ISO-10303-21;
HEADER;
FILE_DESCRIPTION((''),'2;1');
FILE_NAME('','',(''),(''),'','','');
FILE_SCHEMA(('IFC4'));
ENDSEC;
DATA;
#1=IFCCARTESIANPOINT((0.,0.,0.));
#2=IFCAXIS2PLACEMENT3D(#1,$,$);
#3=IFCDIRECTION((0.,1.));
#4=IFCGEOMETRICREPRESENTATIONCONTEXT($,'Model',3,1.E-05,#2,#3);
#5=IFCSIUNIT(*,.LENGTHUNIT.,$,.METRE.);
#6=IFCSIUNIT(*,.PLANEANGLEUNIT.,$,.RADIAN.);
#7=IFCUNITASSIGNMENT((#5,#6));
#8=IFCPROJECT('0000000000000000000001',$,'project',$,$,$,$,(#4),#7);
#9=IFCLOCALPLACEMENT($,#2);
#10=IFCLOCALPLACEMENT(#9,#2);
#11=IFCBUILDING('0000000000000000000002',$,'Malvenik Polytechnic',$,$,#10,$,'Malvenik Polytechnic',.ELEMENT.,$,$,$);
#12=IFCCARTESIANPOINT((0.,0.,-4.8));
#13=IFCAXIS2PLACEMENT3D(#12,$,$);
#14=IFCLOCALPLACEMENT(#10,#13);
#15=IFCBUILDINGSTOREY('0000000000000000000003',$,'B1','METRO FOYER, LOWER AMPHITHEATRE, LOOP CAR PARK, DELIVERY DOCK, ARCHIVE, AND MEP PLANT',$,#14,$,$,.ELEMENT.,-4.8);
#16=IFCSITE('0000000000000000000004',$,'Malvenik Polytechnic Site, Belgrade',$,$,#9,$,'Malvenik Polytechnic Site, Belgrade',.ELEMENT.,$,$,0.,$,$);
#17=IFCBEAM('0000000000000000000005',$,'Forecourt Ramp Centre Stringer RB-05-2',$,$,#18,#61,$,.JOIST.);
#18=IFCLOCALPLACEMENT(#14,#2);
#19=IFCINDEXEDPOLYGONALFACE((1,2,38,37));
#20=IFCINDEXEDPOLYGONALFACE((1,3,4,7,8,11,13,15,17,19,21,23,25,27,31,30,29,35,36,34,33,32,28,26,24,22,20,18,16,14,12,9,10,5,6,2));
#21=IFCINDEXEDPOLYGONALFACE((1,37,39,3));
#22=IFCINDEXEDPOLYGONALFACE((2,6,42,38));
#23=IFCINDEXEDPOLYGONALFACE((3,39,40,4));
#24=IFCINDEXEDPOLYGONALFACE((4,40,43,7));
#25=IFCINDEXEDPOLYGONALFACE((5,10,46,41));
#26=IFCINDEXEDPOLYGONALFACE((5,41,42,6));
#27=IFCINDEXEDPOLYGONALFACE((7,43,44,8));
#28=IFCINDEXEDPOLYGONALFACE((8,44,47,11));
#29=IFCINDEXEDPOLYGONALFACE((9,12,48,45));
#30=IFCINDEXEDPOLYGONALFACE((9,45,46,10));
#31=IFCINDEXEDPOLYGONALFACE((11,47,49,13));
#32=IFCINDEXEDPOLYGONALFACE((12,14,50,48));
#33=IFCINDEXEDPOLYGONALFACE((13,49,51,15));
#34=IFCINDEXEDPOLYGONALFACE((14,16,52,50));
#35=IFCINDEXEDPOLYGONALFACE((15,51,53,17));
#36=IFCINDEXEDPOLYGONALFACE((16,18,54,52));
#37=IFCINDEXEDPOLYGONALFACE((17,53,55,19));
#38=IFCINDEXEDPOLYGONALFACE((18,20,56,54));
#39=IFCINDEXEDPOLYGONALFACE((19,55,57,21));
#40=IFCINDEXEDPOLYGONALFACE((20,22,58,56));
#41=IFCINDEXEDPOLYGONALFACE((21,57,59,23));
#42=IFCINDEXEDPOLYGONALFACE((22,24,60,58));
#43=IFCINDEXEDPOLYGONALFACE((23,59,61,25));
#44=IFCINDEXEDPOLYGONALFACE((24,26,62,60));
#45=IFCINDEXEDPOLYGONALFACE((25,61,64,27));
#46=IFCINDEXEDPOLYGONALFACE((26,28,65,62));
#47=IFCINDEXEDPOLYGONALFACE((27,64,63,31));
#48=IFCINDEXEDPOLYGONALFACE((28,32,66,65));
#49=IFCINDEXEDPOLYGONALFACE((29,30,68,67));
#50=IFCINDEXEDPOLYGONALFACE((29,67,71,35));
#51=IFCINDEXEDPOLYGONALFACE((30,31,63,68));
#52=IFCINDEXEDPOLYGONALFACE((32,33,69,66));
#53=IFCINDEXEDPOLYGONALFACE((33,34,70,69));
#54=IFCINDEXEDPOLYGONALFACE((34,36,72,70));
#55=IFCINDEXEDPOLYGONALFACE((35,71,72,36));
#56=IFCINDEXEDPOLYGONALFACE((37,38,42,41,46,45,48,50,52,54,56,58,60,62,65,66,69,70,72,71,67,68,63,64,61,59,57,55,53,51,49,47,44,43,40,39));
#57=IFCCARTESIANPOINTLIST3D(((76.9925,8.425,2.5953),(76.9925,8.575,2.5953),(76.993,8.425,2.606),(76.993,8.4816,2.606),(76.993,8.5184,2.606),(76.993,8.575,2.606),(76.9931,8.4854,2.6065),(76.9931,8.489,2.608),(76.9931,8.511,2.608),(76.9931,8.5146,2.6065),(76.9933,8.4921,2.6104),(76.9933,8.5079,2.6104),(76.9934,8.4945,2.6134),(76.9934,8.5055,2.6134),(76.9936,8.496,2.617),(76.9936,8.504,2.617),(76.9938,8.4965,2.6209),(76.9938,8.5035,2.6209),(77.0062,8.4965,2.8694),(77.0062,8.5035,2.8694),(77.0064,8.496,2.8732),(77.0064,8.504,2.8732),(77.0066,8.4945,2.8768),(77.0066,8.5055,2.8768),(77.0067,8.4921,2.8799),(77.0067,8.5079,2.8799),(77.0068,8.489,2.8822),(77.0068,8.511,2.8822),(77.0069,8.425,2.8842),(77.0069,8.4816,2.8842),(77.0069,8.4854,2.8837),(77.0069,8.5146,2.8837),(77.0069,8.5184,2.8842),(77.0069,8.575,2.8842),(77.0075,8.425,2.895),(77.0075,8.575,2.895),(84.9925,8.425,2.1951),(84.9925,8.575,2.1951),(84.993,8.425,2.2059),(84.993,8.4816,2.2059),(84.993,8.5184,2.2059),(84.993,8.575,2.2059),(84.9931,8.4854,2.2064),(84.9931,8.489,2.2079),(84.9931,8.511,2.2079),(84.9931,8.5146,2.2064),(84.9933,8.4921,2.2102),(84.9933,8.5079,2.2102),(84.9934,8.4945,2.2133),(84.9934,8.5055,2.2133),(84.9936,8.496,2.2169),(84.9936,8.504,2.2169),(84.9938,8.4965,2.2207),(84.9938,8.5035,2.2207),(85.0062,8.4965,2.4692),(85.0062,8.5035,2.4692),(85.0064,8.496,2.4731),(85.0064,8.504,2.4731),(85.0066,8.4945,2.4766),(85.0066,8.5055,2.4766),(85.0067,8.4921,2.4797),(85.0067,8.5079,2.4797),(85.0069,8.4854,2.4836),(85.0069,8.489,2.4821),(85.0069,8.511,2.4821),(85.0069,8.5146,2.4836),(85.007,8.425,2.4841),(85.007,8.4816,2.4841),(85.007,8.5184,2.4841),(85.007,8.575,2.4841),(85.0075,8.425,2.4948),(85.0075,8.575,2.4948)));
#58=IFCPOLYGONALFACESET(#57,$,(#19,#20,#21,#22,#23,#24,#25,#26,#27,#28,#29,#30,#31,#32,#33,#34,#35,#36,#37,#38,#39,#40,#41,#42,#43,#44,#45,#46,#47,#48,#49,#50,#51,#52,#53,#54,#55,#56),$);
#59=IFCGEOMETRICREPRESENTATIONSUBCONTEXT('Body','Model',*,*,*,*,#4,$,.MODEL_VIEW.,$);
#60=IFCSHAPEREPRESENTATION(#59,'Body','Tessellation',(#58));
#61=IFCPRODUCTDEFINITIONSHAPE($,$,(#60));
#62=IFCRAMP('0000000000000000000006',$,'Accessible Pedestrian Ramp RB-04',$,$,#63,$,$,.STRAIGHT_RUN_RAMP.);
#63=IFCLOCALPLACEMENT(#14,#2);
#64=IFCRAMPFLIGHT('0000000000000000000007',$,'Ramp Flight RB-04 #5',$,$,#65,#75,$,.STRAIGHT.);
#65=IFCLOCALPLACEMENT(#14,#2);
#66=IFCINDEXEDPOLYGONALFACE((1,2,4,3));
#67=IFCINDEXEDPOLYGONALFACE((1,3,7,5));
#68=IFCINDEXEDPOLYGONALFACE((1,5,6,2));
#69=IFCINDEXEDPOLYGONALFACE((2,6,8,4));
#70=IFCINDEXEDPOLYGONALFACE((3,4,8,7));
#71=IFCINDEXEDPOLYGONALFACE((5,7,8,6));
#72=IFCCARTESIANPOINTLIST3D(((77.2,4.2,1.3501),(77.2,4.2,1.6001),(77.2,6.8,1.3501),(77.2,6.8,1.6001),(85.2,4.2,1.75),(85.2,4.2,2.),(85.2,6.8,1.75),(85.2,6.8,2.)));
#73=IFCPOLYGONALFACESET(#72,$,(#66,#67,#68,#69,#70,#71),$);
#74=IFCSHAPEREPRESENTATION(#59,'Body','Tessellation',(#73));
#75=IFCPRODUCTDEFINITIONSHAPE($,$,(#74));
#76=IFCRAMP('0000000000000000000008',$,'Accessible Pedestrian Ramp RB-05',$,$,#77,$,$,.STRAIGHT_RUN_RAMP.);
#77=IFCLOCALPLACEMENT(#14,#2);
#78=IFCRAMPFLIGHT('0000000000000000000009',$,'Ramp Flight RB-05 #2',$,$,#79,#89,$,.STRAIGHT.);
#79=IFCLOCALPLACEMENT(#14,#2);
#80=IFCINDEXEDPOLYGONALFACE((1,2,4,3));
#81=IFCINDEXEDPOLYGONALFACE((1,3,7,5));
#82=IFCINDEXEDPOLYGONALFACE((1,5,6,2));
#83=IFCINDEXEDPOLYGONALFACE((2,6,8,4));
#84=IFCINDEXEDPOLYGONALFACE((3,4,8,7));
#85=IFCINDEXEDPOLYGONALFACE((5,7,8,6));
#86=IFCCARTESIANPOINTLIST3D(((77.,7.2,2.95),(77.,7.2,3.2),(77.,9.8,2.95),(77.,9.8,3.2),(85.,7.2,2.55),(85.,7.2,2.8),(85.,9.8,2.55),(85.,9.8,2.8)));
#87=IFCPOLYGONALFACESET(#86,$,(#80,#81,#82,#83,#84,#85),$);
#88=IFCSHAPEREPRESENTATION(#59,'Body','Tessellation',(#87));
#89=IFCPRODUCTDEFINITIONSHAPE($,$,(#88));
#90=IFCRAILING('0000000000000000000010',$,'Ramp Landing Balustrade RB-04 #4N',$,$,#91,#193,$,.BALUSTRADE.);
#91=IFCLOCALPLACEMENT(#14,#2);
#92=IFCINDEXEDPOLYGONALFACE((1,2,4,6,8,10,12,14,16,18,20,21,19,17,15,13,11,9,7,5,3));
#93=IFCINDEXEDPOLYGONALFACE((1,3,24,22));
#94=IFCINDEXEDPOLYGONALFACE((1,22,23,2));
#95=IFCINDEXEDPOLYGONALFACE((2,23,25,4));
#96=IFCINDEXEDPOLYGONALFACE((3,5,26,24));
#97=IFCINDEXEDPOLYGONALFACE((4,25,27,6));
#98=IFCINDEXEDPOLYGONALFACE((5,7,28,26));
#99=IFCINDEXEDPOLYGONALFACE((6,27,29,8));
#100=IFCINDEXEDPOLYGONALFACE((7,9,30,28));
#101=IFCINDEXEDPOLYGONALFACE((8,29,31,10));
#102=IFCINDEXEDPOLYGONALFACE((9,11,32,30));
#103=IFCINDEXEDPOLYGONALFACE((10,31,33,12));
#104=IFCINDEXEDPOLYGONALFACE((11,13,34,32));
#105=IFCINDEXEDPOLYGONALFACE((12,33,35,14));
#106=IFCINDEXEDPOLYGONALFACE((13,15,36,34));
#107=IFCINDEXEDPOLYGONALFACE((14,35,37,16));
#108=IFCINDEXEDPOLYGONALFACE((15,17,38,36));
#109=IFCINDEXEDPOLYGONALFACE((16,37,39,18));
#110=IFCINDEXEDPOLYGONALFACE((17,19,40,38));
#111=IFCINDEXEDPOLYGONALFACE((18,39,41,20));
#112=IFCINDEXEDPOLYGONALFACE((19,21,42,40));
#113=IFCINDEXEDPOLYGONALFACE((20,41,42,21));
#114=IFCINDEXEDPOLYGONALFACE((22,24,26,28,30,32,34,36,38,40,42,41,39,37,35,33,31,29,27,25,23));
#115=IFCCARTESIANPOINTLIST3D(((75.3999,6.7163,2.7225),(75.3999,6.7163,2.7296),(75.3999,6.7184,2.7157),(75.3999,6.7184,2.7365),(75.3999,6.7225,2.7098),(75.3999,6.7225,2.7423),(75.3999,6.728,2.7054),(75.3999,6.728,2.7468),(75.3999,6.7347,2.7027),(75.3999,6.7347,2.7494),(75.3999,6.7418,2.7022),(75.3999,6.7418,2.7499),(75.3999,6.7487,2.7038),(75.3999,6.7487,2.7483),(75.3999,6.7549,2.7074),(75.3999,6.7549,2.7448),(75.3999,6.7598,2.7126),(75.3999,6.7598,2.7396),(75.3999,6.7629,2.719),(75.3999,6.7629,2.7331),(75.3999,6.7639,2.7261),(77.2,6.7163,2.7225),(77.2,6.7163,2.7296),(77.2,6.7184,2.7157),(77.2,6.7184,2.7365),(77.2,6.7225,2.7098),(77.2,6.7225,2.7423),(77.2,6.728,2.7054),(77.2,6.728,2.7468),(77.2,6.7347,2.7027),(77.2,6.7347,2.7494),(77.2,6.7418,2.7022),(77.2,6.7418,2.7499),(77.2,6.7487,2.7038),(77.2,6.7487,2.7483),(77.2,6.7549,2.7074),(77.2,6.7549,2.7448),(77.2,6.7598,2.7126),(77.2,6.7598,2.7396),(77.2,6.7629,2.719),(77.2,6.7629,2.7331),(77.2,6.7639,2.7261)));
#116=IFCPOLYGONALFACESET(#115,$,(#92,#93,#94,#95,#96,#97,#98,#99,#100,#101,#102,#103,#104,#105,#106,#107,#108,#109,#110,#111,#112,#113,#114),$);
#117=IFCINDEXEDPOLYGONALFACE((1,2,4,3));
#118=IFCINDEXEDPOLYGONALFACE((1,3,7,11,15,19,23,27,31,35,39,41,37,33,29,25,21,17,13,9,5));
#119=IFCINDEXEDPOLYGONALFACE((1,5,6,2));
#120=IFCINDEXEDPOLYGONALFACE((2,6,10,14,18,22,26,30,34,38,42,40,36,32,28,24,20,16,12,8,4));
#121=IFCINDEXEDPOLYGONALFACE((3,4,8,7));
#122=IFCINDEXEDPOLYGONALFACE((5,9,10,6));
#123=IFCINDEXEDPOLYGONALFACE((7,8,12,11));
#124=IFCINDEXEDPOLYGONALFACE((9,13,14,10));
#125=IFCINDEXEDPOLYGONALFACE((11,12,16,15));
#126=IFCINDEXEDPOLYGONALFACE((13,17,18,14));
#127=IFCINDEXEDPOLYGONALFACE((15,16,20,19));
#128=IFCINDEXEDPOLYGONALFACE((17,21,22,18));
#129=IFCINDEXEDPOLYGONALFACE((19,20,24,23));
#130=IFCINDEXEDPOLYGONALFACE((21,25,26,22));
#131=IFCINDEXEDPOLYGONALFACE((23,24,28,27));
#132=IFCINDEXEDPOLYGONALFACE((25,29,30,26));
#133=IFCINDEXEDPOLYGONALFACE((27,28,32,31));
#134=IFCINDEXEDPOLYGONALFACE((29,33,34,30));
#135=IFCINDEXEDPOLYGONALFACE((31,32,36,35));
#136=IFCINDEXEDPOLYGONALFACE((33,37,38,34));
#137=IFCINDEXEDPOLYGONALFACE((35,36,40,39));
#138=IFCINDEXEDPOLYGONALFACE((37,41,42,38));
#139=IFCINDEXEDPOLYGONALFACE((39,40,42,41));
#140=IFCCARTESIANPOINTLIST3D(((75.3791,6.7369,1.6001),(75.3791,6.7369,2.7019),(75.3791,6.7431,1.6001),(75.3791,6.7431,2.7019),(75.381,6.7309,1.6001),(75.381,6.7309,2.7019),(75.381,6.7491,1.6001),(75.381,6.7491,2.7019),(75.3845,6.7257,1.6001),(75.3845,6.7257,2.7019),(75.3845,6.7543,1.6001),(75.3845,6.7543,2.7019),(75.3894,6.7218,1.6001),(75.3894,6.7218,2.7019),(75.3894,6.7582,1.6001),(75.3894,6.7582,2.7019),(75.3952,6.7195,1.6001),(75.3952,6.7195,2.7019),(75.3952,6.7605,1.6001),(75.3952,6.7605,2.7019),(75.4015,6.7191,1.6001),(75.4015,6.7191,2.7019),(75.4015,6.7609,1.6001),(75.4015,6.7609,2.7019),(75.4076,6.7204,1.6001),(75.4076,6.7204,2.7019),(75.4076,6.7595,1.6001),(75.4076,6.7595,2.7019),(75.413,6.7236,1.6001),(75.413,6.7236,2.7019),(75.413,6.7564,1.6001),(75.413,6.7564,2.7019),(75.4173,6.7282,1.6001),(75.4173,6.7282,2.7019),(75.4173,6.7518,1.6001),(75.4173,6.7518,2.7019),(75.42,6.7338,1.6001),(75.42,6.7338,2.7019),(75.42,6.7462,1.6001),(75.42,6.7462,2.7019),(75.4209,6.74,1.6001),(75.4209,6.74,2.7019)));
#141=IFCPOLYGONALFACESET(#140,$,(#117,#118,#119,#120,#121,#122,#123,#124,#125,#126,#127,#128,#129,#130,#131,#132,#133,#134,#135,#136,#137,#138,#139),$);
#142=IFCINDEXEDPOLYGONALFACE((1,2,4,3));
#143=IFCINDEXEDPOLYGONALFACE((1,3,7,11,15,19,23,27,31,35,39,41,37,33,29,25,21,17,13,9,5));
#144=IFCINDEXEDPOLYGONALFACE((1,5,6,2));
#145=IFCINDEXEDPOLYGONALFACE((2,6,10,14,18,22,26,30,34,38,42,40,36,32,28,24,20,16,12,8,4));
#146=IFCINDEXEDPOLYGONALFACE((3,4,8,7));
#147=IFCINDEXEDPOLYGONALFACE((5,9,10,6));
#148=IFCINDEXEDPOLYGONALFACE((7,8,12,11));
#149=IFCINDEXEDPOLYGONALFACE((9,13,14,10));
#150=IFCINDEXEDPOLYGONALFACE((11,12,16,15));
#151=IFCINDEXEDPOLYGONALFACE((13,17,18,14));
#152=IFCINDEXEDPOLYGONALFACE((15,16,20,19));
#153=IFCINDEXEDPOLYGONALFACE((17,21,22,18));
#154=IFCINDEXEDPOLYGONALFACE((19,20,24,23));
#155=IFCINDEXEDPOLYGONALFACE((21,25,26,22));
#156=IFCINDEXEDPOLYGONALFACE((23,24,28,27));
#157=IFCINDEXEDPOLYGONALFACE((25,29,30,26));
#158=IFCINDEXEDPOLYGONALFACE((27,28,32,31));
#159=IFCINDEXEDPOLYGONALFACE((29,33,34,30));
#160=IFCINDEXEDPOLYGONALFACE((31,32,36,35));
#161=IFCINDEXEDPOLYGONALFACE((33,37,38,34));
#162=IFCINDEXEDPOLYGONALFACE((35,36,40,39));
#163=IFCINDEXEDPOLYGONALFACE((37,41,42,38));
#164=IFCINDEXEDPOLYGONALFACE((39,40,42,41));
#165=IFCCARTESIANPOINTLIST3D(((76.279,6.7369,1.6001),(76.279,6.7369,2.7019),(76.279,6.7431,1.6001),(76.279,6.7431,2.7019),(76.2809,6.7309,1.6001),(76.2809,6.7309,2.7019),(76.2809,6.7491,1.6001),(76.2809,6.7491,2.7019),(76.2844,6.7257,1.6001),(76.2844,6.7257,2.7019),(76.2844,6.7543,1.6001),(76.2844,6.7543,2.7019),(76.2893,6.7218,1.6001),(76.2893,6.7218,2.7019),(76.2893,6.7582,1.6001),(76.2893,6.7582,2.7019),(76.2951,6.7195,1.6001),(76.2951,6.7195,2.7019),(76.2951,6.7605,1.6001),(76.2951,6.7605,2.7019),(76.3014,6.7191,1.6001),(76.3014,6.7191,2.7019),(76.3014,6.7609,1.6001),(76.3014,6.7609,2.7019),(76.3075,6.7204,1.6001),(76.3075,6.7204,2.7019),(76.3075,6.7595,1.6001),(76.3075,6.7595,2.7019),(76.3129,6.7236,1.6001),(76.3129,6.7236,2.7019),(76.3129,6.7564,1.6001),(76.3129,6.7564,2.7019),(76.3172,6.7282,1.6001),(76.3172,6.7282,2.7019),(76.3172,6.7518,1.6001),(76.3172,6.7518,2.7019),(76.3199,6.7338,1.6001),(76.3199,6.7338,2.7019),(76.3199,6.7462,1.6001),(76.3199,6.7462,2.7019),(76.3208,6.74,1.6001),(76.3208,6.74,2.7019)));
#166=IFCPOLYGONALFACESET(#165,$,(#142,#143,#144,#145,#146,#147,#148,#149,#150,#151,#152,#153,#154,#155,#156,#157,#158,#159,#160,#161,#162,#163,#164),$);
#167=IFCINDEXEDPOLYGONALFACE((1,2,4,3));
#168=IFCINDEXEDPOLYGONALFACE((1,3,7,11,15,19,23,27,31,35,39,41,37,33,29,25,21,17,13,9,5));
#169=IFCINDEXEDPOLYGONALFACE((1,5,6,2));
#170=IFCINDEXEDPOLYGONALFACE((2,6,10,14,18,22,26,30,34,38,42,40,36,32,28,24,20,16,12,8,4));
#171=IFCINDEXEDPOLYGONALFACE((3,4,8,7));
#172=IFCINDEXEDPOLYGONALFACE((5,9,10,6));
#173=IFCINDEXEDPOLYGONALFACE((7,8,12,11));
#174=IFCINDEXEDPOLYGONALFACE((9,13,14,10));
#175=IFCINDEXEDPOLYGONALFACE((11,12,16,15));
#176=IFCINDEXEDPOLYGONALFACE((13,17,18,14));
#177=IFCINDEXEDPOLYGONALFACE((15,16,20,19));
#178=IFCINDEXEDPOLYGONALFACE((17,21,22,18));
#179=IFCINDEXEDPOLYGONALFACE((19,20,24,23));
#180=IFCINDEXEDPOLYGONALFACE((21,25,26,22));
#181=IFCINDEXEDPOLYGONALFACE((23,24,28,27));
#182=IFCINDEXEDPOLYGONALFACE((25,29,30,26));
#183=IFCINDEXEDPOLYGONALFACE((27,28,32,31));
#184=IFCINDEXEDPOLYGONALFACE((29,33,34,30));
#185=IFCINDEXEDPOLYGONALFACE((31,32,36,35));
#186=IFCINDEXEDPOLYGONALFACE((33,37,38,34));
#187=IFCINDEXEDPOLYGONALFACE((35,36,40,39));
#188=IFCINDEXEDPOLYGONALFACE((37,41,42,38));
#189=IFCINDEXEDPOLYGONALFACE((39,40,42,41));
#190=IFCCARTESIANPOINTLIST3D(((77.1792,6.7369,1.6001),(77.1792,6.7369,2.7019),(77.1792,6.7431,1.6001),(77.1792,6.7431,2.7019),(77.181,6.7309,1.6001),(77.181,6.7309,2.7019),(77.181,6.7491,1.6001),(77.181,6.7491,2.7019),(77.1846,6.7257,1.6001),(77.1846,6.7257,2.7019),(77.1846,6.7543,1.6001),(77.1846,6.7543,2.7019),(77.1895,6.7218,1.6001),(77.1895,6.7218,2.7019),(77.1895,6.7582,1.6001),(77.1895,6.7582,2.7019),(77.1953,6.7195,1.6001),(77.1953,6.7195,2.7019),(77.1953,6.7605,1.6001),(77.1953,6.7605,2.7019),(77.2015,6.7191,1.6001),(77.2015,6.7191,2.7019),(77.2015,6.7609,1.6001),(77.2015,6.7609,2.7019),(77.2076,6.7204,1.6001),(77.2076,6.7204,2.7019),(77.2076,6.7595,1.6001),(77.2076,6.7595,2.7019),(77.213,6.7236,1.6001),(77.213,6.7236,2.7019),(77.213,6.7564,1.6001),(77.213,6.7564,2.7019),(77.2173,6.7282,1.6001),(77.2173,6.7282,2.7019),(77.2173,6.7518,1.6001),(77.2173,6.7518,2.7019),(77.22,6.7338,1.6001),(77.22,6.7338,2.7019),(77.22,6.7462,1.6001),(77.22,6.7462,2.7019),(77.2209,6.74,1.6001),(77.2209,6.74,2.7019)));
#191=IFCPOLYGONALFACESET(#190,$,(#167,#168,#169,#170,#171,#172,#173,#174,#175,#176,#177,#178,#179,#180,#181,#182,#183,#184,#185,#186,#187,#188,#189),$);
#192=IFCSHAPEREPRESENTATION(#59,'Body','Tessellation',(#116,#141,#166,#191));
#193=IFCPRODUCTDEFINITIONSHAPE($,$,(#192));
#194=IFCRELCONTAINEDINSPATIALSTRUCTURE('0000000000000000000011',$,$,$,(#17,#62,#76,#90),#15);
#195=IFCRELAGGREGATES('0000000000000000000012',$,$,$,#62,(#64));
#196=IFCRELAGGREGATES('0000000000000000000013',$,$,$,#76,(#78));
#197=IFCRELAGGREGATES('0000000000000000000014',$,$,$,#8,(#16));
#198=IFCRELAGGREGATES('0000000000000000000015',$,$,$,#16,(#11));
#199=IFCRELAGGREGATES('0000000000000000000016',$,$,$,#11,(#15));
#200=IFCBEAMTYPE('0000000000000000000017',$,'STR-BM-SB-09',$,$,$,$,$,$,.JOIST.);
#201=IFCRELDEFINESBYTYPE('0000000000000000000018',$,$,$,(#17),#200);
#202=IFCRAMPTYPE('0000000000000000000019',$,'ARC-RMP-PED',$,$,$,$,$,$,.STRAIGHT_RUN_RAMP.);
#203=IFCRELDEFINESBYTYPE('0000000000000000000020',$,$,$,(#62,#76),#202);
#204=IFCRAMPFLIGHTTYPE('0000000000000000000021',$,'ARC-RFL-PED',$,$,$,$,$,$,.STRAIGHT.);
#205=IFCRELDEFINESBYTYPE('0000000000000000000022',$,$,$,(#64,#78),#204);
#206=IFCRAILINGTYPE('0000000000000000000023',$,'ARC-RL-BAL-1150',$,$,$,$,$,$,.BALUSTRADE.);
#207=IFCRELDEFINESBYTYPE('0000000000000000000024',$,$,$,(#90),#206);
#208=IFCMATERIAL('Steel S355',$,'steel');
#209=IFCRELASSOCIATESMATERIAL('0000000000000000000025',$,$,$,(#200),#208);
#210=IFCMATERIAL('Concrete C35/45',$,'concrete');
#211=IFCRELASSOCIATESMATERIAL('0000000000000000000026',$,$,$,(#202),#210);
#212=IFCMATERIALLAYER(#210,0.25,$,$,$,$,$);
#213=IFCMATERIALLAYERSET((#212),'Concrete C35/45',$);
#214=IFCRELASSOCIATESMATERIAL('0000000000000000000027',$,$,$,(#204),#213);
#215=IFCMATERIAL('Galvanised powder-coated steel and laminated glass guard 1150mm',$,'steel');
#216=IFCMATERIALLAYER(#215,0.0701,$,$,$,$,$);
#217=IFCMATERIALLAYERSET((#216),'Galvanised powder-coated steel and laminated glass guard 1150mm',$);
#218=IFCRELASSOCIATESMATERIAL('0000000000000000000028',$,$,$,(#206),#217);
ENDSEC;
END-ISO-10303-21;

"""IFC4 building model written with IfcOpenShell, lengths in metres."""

from ifc_helpers import new_model, si_unit, direction, frame, origin, origin_2d, place, context, subcontext, project, spatial, polyline, circle, i_section, outline, extrude, material, layer, layer_set, material_profile, profile_set, type_object, element, aggregate, save


model = new_model("IFC4")

# Units and contexts
model_context = context("Model", 3, precision=1e-05, world=origin(), true_north=direction((0.0, 1.0)))
body_context = subcontext(model_context, "Body", "Model", "MODEL_VIEW")
ifc_project = project(units=[si_unit("LENGTHUNIT", "METRE"), si_unit("PLANEANGLEUNIT", "RADIAN")], contexts=[model_context])

# Site, building, storey
site_placement = place(None, origin())
site = spatial("IfcSite", under=ifc_project, at=site_placement, Name="Malvenik Polytechnic Site, Belgrade", LongName="Malvenik Polytechnic Site, Belgrade", CompositionType="ELEMENT", RefElevation=0.0)
building_placement = place(site_placement, origin())
building = spatial("IfcBuilding", under=site, at=building_placement, Name="Malvenik Polytechnic", LongName="Malvenik Polytechnic", CompositionType="ELEMENT")
storey_placement = place(building_placement, frame((0.0, 0.0, -4.8)))
storey = spatial("IfcBuildingStorey", under=building, at=storey_placement, Name="B1", Description="METRO FOYER, LOWER AMPHITHEATRE, LOOP CAR PARK, DELIVERY DOCK, ARCHIVE, AND MEP PLANT", CompositionType="ELEMENT", Elevation=-4.8)

# Beam
ifc_material_1 = material(Name="Steel S355", Category="steel")
ifc_material_profile_1 = material_profile(ifc_material_1, i_section(OverallWidth=0.1499, OverallDepth=0.3, WebThickness=0.0071, FlangeThickness=0.0107, FilletRadius=0.0149, at=origin_2d()), Name="IPE 300")
ifc_profile_set_1 = profile_set([ifc_material_profile_1], Name="Steel S355")
beam_type_1 = type_object("IfcBeamType", Name="STR-BM-SB-09", PredefinedType="JOIST", material=ifc_profile_set_1)
for number, where, z_axis, x_axis, name in (
    (1, (85.0, 8.5, 2.345), (-0.998751, 0.0, 0.049956), (0.0, -1.0, 0.0), "Forecourt Ramp Centre Stringer RB-05-2"),
):
    element("IfcBeam", number, at=place(storey_placement, frame(where, z_axis=z_axis, x_axis=x_axis)), inside=storey, type_object=beam_type_1, Name=name, PredefinedType="JOIST", context=body_context, shape_type="SweptSolid", body=[
        extrude(i_section(OverallWidth=0.1499, OverallDepth=0.3, WebThickness=0.0071, FlangeThickness=0.0107, FilletRadius=0.0149, at=origin_2d()), origin(), (0.0, 0.0, 1.0), 8.01),
    ])

# Ramps, ramp flights
ifc_material_2 = material(Name="Concrete C35/45", Category="concrete")
ramp_type = type_object("IfcRampType", Name="ARC-RMP-PED", PredefinedType="STRAIGHT_RUN_RAMP", material=ifc_material_2)
ramp_1_placement = place(storey_placement, origin())
ramp_1 = element("IfcRamp", 2, at=ramp_1_placement, inside=storey, type_object=ramp_type, Name="Accessible Pedestrian Ramp RB-04", PredefinedType="STRAIGHT_RUN_RAMP")
ifc_layer_1 = layer(ifc_material_2, 0.25)
ifc_layer_set_1 = layer_set([ifc_layer_1], Name="Concrete C35/45")
ramp_flight_type = type_object("IfcRampFlightType", Name="ARC-RFL-PED", PredefinedType="STRAIGHT", material=ifc_layer_set_1)
ramp_flight_1_placement = place(storey_placement, frame((77.2, 5.5, 1.6001), z_axis=(0.0, 0.0, 1.0), x_axis=(1.0, 0.0, 0.0)))
ramp_flight_1 = element("IfcRampFlight", 3, at=ramp_flight_1_placement, type_object=ramp_flight_type, Name="Ramp Flight RB-04 #5", PredefinedType="STRAIGHT", context=body_context, shape_type="SweptSolid", body=[
    extrude(outline(polyline([(0.0, -0.25), (8.0, 0.1499), (8.0, 0.3999), (0.0, 0.0), (0.0, -0.25)])), frame((0.0, 1.3, 0.0), z_axis=(0.0, -1.0, 0.0), x_axis=(1.0, 0.0, 0.0)), (0.0, 0.0, 1.0), 2.6001),
])
aggregate(ramp_1, [ramp_flight_1])
ramp_2_placement = place(storey_placement, origin())
ramp_2 = element("IfcRamp", 4, at=ramp_2_placement, inside=storey, type_object=ramp_type, Name="Accessible Pedestrian Ramp RB-05", PredefinedType="STRAIGHT_RUN_RAMP")
ramp_flight_2_placement = place(storey_placement, frame((85.0, 8.5, 2.8), z_axis=(0.0, 0.0, 1.0), x_axis=(-1.0, 0.0, 0.0)))
ramp_flight_2 = element("IfcRampFlight", 5, at=ramp_flight_2_placement, type_object=ramp_flight_type, Name="Ramp Flight RB-05 #2", PredefinedType="STRAIGHT", context=body_context, shape_type="SweptSolid", body=[
    extrude(outline(polyline([(0.0, -0.25), (8.0, 0.1499), (8.0, 0.3999), (0.0, 0.0), (0.0, -0.25)])), frame((0.0, 1.3, 0.0), z_axis=(0.0, -1.0, 0.0), x_axis=(1.0, 0.0, 0.0)), (0.0, 0.0, 1.0), 2.6001),
])
aggregate(ramp_2, [ramp_flight_2])

# Railing
ifc_material_3 = material(Name="Galvanised powder-coated steel and laminated glass guard 1150mm", Category="steel")
ifc_layer_2 = layer(ifc_material_3, 0.0701)
ifc_layer_set_2 = layer_set([ifc_layer_2], Name="Galvanised powder-coated steel and laminated glass guard 1150mm")
railing_type_1 = type_object("IfcRailingType", Name="ARC-RL-BAL-1150", PredefinedType="BALUSTRADE", material=ifc_layer_set_2)
railing_1_placement = place(storey_placement, frame((75.3999, 6.74, 1.6001)))
element("IfcRailing", 6, at=railing_1_placement, inside=storey, type_object=railing_type_1, Name="Ramp Landing Balustrade RB-04 #4N", PredefinedType="BALUSTRADE", context=body_context, shape_type="SweptSolid", body=[
    extrude(circle(Radius=0.0239, at=origin_2d()), frame((0.0, 0.0, 1.126), z_axis=(1.0, 0.0, 0.0), x_axis=(0.0, 1.0, 0.0)), (0.0, 0.0, 1.0), 1.8),
    extrude(circle(Radius=0.021, at=origin_2d()), origin(), (0.0, 0.0, 1.0), 1.1018),
    extrude(circle(Radius=0.021, at=origin_2d()), frame((0.8999, 0.0, 0.0)), (0.0, 0.0, 1.0), 1.1018),
    extrude(circle(Radius=0.021, at=origin_2d()), frame((1.8, 0.0, 0.0)), (0.0, 0.0, 1.0), 1.1018),
])

save(model, "model.ifc")
